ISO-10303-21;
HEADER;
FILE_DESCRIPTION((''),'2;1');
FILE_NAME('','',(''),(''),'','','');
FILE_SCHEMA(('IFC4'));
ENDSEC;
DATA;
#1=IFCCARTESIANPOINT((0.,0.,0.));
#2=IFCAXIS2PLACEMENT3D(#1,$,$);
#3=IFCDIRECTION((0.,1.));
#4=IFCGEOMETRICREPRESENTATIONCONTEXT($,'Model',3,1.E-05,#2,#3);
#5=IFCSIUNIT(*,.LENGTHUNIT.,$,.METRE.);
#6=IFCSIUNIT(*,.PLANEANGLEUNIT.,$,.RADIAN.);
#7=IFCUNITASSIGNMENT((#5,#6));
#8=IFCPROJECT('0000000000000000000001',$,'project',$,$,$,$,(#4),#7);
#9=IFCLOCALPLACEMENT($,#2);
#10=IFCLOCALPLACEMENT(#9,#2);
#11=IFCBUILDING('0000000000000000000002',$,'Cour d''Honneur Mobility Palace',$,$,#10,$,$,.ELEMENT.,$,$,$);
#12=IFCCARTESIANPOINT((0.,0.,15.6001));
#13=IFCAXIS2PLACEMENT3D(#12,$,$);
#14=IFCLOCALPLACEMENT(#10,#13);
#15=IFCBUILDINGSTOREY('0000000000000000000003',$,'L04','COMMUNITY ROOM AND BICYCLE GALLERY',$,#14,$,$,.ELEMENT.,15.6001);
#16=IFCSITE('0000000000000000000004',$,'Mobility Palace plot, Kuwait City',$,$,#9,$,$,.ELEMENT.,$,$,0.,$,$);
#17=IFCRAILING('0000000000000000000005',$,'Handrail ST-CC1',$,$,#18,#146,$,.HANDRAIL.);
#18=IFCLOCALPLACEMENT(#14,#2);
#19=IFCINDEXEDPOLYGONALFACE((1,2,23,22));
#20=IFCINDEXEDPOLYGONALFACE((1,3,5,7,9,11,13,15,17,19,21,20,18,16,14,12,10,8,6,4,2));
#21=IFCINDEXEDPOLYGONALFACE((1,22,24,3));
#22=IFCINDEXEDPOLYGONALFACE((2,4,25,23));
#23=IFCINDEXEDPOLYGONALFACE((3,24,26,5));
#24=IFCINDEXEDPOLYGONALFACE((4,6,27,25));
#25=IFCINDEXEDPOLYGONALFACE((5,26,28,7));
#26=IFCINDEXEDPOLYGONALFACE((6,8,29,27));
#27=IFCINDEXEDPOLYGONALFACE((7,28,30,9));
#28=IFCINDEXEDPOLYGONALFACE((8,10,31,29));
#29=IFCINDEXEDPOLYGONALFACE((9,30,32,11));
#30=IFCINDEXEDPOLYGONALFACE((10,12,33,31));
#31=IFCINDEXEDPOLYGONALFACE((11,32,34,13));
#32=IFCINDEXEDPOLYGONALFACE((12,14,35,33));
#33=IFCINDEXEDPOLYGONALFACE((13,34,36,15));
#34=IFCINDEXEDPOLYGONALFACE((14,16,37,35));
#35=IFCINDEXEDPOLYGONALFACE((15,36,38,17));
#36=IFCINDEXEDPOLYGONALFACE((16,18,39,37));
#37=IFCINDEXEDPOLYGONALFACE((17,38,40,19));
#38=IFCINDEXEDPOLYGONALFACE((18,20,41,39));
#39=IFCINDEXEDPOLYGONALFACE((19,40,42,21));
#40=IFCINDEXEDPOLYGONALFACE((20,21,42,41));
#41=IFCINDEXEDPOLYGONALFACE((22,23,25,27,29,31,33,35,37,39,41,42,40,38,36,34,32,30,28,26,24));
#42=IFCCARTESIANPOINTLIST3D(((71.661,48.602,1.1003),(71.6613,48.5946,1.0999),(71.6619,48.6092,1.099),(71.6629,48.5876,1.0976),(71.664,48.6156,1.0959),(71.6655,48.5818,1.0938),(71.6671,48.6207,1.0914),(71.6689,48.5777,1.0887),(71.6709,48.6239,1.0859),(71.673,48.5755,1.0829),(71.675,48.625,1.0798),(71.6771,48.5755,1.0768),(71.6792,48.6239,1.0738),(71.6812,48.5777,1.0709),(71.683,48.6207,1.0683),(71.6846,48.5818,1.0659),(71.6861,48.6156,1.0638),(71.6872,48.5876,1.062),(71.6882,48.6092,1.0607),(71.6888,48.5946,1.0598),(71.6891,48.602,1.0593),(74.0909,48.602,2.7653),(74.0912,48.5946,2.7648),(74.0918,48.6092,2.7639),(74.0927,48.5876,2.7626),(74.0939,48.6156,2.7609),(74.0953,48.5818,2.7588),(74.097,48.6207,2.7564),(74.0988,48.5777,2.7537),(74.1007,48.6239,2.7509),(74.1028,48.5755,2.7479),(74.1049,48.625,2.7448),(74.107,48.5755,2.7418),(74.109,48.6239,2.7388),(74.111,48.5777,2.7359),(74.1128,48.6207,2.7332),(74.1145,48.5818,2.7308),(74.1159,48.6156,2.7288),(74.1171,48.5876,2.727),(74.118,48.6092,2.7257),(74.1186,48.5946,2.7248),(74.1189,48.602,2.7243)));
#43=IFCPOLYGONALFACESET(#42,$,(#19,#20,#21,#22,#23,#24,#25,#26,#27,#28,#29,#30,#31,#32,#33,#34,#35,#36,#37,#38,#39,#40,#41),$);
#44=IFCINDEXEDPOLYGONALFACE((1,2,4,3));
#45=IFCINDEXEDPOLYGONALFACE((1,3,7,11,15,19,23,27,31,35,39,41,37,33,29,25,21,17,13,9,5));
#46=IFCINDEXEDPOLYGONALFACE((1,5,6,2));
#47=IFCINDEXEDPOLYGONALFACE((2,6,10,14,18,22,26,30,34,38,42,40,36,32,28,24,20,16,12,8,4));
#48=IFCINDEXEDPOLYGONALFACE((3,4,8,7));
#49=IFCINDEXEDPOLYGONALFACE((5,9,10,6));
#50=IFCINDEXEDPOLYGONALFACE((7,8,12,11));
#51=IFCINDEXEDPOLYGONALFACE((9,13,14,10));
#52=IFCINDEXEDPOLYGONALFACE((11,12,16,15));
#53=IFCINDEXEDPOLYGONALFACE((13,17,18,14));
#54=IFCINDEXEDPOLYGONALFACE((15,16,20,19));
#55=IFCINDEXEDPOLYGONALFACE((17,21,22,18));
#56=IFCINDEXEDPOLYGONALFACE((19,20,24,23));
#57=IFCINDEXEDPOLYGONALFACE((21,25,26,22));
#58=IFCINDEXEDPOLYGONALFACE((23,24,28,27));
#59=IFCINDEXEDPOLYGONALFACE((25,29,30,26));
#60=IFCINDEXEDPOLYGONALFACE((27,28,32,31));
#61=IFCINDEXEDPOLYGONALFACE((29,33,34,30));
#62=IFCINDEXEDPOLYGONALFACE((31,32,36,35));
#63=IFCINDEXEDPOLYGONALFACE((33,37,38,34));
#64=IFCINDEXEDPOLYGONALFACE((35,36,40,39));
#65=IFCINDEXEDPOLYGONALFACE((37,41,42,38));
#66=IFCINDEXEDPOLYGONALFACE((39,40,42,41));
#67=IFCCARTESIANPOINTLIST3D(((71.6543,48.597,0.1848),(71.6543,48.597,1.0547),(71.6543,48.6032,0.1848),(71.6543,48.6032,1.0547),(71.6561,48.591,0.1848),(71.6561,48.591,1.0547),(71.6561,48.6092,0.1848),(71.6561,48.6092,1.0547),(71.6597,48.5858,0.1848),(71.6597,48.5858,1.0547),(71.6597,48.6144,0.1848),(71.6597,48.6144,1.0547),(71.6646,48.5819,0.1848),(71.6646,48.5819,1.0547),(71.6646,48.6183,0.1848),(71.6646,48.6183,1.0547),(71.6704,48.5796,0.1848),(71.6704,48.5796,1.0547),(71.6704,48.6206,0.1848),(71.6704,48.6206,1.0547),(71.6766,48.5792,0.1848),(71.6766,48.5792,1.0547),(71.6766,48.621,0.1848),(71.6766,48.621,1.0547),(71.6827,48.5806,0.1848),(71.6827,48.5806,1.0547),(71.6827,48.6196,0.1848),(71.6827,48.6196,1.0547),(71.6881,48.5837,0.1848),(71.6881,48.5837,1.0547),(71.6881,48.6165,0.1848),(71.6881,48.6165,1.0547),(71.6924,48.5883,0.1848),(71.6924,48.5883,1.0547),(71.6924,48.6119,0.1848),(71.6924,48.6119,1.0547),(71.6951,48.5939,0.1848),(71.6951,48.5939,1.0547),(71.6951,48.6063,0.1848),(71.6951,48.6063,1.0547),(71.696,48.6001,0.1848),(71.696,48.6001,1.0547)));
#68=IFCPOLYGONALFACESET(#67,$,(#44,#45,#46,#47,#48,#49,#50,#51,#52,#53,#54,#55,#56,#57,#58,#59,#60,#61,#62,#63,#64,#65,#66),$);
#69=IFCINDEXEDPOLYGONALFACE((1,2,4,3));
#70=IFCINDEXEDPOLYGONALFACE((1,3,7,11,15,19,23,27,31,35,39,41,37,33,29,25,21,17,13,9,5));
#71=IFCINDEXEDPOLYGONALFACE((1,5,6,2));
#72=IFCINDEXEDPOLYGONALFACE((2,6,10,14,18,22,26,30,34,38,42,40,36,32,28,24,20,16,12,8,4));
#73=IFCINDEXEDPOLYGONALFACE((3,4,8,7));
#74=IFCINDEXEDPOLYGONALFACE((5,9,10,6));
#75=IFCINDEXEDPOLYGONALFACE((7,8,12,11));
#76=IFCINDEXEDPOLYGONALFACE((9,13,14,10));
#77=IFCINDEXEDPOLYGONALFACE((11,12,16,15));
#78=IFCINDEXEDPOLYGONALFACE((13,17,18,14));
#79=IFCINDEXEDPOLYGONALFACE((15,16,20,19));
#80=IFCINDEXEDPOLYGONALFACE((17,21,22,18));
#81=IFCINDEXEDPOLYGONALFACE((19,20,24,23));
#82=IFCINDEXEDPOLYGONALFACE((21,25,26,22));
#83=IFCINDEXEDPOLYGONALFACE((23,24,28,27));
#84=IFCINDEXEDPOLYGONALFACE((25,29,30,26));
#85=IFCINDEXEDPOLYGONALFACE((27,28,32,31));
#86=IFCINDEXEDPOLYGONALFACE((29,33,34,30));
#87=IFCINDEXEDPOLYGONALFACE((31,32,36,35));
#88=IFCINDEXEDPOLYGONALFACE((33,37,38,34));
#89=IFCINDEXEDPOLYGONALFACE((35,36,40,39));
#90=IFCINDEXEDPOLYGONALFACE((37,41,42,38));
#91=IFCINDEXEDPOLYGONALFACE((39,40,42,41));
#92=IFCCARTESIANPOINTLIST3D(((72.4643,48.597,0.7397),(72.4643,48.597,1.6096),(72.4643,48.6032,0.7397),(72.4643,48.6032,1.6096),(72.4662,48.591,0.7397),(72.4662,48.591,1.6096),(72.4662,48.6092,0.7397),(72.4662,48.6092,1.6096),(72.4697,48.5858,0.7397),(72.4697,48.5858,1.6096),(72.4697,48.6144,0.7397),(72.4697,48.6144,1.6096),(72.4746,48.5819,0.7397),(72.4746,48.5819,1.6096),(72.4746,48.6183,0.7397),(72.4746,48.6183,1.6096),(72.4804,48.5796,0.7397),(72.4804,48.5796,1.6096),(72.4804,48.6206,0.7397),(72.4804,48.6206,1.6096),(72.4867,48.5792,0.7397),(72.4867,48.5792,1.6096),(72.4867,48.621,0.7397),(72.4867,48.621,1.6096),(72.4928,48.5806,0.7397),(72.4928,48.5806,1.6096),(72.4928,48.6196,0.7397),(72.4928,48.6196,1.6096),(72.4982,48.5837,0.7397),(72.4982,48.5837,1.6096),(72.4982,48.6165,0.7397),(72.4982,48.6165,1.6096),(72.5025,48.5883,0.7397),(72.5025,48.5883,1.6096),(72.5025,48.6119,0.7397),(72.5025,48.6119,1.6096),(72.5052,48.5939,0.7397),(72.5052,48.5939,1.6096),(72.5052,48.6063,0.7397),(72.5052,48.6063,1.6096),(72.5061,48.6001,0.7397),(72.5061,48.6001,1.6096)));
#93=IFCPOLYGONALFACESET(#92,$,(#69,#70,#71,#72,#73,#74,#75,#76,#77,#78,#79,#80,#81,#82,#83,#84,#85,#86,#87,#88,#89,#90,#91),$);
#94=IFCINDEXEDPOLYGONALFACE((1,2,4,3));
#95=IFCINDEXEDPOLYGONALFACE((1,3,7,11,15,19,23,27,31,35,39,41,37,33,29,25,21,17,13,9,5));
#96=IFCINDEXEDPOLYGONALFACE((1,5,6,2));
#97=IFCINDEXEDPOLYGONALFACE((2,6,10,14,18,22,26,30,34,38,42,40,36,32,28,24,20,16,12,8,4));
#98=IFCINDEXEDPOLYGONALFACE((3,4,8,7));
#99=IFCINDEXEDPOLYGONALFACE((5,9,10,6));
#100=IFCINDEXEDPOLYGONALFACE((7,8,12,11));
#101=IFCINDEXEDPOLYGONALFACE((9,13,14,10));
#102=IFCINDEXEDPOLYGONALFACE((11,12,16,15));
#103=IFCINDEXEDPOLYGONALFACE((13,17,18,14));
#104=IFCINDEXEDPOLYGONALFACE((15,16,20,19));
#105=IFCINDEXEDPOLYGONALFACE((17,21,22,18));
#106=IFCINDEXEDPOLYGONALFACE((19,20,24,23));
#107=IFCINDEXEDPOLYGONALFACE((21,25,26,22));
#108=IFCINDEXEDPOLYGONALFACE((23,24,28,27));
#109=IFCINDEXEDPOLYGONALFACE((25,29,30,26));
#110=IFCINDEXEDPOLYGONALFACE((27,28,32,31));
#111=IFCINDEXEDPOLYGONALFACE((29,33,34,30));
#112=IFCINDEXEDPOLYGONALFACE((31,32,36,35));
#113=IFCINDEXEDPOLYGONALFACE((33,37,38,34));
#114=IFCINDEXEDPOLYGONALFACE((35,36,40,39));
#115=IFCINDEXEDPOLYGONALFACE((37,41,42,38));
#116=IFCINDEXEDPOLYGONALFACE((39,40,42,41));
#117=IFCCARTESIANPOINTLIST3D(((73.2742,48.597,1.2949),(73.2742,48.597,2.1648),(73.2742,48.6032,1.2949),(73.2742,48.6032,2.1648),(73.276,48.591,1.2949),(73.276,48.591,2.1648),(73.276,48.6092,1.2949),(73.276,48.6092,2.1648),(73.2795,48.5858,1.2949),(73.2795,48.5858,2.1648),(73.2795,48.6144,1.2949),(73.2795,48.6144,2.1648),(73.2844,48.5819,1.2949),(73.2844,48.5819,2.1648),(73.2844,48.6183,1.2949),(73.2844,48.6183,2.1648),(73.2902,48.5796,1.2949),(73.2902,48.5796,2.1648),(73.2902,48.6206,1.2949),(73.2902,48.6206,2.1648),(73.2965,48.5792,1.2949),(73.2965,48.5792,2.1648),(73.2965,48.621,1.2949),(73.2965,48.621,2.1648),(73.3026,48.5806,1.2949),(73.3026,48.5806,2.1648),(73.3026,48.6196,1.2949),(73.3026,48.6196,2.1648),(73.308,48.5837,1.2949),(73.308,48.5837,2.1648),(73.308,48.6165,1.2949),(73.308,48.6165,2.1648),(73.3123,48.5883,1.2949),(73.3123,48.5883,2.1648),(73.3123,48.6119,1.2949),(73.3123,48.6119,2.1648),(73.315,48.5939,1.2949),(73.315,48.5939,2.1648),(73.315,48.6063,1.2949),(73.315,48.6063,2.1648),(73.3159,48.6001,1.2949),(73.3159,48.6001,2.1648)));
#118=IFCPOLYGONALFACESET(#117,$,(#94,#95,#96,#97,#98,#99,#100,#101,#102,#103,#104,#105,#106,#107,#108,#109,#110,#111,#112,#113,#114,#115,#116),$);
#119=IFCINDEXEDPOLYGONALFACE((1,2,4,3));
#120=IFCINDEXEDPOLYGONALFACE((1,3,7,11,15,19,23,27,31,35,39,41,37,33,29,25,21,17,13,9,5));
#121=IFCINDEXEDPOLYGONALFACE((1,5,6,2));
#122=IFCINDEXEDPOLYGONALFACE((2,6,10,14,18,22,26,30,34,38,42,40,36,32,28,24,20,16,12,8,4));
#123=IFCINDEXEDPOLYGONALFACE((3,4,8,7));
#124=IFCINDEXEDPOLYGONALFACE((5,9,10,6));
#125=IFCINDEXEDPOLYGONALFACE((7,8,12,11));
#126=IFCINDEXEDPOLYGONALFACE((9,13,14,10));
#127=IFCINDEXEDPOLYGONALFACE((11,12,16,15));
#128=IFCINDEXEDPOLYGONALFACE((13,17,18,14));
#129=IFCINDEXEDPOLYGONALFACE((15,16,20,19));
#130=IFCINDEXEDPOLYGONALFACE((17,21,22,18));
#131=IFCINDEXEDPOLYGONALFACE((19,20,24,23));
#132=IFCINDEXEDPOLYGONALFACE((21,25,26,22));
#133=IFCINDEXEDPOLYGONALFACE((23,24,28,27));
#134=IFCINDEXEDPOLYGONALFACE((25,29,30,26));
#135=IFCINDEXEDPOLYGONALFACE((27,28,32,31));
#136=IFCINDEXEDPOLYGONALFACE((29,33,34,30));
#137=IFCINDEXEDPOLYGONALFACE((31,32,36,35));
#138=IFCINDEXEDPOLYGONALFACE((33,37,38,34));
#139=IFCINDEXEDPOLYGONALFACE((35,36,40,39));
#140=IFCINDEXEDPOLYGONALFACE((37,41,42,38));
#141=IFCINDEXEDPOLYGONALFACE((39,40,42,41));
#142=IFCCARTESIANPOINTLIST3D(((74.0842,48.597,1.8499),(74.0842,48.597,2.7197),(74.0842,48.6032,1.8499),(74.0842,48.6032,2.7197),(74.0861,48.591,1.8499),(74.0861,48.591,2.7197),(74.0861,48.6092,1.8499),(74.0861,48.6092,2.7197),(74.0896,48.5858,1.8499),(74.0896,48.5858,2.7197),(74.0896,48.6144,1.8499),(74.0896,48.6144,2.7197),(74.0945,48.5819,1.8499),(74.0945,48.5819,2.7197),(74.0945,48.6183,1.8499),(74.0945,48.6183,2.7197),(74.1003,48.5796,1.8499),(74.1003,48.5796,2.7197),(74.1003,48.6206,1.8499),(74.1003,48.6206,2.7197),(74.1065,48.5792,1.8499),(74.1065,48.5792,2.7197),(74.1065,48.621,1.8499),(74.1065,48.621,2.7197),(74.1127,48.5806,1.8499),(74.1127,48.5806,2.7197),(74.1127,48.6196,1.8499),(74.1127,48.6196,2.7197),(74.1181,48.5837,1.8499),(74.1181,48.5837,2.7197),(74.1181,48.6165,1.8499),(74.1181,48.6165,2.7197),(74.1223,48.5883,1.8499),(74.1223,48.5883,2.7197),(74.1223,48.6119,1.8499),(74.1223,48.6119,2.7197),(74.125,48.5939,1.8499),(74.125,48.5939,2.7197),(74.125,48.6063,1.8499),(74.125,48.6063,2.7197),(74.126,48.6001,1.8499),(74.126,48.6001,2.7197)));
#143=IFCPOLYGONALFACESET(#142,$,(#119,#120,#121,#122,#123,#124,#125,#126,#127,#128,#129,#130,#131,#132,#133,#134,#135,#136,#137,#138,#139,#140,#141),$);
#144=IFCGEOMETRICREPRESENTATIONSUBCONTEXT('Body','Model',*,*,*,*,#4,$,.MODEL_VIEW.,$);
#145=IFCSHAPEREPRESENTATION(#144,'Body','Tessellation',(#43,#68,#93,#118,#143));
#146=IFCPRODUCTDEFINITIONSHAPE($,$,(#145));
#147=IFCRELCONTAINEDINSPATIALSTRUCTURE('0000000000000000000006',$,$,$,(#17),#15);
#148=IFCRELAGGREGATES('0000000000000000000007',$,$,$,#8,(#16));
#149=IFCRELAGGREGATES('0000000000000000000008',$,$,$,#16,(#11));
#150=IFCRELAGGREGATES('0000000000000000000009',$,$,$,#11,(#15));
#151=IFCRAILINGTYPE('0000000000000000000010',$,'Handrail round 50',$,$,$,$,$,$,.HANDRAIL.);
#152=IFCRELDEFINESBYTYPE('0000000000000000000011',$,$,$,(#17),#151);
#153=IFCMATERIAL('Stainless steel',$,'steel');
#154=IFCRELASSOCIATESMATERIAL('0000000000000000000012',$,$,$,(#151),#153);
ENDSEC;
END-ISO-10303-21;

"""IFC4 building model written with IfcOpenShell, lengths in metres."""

from ifc_helpers import new_model, si_unit, direction, frame, origin, origin_2d, place, context, subcontext, project, spatial, circle, extrude, material, type_object, element, save


model = new_model("IFC4")

# Units and contexts
model_context = context("Model", 3, precision=1e-05, world=origin(), true_north=direction((0.0, 1.0)))
body_context = subcontext(model_context, "Body", "Model", "MODEL_VIEW")
ifc_project = project(units=[si_unit("LENGTHUNIT", "METRE"), si_unit("PLANEANGLEUNIT", "RADIAN")], contexts=[model_context])

# Site, building, storey
site_placement = place(None, origin())
site = spatial("IfcSite", under=ifc_project, at=site_placement, Name="Mobility Palace plot, Kuwait City", CompositionType="ELEMENT", RefElevation=0.0)
building_placement = place(site_placement, origin())
building = spatial("IfcBuilding", under=site, at=building_placement, Name="Cour d'Honneur Mobility Palace", CompositionType="ELEMENT")
storey_placement = place(building_placement, frame((0.0, 0.0, 15.6001)))
storey = spatial("IfcBuildingStorey", under=building, at=storey_placement, Name="L04", Description="COMMUNITY ROOM AND BICYCLE GALLERY", CompositionType="ELEMENT", Elevation=15.6001)

# Railing
ifc_material_1 = material(Name="Stainless steel", Category="steel")
railing_type_1 = type_object("IfcRailingType", Name="Handrail round 50", PredefinedType="HANDRAIL", material=ifc_material_1)
railing_1_placement = place(storey_placement, frame((71.675, 48.6001, 0.1848)))
element("IfcRailing", 1, at=railing_1_placement, inside=storey, type_object=railing_type_1, Name="Handrail ST-CC1", PredefinedType="HANDRAIL", context=body_context, shape_type="SweptSolid", body=[
    extrude(circle(Radius=0.0249, at=origin_2d()), frame((0.0, 0.0, 0.895), z_axis=(0.824919, 0.0, 0.565251), x_axis=(0.0, 1.0, 0.0)), (0.0, 0.0, 1.0), 2.9456),
    extrude(circle(Radius=0.021, at=origin_2d()), origin(), (0.0, 0.0, 1.0), 0.8699),
    extrude(circle(Radius=0.021, at=origin_2d()), frame((0.8101, 0.0, 0.5549)), (0.0, 0.0, 1.0), 0.8699),
    extrude(circle(Radius=0.021, at=origin_2d()), frame((1.6199, 0.0, 1.1101)), (0.0, 0.0, 1.0), 0.8699),
    extrude(circle(Radius=0.021, at=origin_2d()), frame((2.4299, 0.0, 1.665)), (0.0, 0.0, 1.0), 0.8699),
])

save(model, "model.ifc")
